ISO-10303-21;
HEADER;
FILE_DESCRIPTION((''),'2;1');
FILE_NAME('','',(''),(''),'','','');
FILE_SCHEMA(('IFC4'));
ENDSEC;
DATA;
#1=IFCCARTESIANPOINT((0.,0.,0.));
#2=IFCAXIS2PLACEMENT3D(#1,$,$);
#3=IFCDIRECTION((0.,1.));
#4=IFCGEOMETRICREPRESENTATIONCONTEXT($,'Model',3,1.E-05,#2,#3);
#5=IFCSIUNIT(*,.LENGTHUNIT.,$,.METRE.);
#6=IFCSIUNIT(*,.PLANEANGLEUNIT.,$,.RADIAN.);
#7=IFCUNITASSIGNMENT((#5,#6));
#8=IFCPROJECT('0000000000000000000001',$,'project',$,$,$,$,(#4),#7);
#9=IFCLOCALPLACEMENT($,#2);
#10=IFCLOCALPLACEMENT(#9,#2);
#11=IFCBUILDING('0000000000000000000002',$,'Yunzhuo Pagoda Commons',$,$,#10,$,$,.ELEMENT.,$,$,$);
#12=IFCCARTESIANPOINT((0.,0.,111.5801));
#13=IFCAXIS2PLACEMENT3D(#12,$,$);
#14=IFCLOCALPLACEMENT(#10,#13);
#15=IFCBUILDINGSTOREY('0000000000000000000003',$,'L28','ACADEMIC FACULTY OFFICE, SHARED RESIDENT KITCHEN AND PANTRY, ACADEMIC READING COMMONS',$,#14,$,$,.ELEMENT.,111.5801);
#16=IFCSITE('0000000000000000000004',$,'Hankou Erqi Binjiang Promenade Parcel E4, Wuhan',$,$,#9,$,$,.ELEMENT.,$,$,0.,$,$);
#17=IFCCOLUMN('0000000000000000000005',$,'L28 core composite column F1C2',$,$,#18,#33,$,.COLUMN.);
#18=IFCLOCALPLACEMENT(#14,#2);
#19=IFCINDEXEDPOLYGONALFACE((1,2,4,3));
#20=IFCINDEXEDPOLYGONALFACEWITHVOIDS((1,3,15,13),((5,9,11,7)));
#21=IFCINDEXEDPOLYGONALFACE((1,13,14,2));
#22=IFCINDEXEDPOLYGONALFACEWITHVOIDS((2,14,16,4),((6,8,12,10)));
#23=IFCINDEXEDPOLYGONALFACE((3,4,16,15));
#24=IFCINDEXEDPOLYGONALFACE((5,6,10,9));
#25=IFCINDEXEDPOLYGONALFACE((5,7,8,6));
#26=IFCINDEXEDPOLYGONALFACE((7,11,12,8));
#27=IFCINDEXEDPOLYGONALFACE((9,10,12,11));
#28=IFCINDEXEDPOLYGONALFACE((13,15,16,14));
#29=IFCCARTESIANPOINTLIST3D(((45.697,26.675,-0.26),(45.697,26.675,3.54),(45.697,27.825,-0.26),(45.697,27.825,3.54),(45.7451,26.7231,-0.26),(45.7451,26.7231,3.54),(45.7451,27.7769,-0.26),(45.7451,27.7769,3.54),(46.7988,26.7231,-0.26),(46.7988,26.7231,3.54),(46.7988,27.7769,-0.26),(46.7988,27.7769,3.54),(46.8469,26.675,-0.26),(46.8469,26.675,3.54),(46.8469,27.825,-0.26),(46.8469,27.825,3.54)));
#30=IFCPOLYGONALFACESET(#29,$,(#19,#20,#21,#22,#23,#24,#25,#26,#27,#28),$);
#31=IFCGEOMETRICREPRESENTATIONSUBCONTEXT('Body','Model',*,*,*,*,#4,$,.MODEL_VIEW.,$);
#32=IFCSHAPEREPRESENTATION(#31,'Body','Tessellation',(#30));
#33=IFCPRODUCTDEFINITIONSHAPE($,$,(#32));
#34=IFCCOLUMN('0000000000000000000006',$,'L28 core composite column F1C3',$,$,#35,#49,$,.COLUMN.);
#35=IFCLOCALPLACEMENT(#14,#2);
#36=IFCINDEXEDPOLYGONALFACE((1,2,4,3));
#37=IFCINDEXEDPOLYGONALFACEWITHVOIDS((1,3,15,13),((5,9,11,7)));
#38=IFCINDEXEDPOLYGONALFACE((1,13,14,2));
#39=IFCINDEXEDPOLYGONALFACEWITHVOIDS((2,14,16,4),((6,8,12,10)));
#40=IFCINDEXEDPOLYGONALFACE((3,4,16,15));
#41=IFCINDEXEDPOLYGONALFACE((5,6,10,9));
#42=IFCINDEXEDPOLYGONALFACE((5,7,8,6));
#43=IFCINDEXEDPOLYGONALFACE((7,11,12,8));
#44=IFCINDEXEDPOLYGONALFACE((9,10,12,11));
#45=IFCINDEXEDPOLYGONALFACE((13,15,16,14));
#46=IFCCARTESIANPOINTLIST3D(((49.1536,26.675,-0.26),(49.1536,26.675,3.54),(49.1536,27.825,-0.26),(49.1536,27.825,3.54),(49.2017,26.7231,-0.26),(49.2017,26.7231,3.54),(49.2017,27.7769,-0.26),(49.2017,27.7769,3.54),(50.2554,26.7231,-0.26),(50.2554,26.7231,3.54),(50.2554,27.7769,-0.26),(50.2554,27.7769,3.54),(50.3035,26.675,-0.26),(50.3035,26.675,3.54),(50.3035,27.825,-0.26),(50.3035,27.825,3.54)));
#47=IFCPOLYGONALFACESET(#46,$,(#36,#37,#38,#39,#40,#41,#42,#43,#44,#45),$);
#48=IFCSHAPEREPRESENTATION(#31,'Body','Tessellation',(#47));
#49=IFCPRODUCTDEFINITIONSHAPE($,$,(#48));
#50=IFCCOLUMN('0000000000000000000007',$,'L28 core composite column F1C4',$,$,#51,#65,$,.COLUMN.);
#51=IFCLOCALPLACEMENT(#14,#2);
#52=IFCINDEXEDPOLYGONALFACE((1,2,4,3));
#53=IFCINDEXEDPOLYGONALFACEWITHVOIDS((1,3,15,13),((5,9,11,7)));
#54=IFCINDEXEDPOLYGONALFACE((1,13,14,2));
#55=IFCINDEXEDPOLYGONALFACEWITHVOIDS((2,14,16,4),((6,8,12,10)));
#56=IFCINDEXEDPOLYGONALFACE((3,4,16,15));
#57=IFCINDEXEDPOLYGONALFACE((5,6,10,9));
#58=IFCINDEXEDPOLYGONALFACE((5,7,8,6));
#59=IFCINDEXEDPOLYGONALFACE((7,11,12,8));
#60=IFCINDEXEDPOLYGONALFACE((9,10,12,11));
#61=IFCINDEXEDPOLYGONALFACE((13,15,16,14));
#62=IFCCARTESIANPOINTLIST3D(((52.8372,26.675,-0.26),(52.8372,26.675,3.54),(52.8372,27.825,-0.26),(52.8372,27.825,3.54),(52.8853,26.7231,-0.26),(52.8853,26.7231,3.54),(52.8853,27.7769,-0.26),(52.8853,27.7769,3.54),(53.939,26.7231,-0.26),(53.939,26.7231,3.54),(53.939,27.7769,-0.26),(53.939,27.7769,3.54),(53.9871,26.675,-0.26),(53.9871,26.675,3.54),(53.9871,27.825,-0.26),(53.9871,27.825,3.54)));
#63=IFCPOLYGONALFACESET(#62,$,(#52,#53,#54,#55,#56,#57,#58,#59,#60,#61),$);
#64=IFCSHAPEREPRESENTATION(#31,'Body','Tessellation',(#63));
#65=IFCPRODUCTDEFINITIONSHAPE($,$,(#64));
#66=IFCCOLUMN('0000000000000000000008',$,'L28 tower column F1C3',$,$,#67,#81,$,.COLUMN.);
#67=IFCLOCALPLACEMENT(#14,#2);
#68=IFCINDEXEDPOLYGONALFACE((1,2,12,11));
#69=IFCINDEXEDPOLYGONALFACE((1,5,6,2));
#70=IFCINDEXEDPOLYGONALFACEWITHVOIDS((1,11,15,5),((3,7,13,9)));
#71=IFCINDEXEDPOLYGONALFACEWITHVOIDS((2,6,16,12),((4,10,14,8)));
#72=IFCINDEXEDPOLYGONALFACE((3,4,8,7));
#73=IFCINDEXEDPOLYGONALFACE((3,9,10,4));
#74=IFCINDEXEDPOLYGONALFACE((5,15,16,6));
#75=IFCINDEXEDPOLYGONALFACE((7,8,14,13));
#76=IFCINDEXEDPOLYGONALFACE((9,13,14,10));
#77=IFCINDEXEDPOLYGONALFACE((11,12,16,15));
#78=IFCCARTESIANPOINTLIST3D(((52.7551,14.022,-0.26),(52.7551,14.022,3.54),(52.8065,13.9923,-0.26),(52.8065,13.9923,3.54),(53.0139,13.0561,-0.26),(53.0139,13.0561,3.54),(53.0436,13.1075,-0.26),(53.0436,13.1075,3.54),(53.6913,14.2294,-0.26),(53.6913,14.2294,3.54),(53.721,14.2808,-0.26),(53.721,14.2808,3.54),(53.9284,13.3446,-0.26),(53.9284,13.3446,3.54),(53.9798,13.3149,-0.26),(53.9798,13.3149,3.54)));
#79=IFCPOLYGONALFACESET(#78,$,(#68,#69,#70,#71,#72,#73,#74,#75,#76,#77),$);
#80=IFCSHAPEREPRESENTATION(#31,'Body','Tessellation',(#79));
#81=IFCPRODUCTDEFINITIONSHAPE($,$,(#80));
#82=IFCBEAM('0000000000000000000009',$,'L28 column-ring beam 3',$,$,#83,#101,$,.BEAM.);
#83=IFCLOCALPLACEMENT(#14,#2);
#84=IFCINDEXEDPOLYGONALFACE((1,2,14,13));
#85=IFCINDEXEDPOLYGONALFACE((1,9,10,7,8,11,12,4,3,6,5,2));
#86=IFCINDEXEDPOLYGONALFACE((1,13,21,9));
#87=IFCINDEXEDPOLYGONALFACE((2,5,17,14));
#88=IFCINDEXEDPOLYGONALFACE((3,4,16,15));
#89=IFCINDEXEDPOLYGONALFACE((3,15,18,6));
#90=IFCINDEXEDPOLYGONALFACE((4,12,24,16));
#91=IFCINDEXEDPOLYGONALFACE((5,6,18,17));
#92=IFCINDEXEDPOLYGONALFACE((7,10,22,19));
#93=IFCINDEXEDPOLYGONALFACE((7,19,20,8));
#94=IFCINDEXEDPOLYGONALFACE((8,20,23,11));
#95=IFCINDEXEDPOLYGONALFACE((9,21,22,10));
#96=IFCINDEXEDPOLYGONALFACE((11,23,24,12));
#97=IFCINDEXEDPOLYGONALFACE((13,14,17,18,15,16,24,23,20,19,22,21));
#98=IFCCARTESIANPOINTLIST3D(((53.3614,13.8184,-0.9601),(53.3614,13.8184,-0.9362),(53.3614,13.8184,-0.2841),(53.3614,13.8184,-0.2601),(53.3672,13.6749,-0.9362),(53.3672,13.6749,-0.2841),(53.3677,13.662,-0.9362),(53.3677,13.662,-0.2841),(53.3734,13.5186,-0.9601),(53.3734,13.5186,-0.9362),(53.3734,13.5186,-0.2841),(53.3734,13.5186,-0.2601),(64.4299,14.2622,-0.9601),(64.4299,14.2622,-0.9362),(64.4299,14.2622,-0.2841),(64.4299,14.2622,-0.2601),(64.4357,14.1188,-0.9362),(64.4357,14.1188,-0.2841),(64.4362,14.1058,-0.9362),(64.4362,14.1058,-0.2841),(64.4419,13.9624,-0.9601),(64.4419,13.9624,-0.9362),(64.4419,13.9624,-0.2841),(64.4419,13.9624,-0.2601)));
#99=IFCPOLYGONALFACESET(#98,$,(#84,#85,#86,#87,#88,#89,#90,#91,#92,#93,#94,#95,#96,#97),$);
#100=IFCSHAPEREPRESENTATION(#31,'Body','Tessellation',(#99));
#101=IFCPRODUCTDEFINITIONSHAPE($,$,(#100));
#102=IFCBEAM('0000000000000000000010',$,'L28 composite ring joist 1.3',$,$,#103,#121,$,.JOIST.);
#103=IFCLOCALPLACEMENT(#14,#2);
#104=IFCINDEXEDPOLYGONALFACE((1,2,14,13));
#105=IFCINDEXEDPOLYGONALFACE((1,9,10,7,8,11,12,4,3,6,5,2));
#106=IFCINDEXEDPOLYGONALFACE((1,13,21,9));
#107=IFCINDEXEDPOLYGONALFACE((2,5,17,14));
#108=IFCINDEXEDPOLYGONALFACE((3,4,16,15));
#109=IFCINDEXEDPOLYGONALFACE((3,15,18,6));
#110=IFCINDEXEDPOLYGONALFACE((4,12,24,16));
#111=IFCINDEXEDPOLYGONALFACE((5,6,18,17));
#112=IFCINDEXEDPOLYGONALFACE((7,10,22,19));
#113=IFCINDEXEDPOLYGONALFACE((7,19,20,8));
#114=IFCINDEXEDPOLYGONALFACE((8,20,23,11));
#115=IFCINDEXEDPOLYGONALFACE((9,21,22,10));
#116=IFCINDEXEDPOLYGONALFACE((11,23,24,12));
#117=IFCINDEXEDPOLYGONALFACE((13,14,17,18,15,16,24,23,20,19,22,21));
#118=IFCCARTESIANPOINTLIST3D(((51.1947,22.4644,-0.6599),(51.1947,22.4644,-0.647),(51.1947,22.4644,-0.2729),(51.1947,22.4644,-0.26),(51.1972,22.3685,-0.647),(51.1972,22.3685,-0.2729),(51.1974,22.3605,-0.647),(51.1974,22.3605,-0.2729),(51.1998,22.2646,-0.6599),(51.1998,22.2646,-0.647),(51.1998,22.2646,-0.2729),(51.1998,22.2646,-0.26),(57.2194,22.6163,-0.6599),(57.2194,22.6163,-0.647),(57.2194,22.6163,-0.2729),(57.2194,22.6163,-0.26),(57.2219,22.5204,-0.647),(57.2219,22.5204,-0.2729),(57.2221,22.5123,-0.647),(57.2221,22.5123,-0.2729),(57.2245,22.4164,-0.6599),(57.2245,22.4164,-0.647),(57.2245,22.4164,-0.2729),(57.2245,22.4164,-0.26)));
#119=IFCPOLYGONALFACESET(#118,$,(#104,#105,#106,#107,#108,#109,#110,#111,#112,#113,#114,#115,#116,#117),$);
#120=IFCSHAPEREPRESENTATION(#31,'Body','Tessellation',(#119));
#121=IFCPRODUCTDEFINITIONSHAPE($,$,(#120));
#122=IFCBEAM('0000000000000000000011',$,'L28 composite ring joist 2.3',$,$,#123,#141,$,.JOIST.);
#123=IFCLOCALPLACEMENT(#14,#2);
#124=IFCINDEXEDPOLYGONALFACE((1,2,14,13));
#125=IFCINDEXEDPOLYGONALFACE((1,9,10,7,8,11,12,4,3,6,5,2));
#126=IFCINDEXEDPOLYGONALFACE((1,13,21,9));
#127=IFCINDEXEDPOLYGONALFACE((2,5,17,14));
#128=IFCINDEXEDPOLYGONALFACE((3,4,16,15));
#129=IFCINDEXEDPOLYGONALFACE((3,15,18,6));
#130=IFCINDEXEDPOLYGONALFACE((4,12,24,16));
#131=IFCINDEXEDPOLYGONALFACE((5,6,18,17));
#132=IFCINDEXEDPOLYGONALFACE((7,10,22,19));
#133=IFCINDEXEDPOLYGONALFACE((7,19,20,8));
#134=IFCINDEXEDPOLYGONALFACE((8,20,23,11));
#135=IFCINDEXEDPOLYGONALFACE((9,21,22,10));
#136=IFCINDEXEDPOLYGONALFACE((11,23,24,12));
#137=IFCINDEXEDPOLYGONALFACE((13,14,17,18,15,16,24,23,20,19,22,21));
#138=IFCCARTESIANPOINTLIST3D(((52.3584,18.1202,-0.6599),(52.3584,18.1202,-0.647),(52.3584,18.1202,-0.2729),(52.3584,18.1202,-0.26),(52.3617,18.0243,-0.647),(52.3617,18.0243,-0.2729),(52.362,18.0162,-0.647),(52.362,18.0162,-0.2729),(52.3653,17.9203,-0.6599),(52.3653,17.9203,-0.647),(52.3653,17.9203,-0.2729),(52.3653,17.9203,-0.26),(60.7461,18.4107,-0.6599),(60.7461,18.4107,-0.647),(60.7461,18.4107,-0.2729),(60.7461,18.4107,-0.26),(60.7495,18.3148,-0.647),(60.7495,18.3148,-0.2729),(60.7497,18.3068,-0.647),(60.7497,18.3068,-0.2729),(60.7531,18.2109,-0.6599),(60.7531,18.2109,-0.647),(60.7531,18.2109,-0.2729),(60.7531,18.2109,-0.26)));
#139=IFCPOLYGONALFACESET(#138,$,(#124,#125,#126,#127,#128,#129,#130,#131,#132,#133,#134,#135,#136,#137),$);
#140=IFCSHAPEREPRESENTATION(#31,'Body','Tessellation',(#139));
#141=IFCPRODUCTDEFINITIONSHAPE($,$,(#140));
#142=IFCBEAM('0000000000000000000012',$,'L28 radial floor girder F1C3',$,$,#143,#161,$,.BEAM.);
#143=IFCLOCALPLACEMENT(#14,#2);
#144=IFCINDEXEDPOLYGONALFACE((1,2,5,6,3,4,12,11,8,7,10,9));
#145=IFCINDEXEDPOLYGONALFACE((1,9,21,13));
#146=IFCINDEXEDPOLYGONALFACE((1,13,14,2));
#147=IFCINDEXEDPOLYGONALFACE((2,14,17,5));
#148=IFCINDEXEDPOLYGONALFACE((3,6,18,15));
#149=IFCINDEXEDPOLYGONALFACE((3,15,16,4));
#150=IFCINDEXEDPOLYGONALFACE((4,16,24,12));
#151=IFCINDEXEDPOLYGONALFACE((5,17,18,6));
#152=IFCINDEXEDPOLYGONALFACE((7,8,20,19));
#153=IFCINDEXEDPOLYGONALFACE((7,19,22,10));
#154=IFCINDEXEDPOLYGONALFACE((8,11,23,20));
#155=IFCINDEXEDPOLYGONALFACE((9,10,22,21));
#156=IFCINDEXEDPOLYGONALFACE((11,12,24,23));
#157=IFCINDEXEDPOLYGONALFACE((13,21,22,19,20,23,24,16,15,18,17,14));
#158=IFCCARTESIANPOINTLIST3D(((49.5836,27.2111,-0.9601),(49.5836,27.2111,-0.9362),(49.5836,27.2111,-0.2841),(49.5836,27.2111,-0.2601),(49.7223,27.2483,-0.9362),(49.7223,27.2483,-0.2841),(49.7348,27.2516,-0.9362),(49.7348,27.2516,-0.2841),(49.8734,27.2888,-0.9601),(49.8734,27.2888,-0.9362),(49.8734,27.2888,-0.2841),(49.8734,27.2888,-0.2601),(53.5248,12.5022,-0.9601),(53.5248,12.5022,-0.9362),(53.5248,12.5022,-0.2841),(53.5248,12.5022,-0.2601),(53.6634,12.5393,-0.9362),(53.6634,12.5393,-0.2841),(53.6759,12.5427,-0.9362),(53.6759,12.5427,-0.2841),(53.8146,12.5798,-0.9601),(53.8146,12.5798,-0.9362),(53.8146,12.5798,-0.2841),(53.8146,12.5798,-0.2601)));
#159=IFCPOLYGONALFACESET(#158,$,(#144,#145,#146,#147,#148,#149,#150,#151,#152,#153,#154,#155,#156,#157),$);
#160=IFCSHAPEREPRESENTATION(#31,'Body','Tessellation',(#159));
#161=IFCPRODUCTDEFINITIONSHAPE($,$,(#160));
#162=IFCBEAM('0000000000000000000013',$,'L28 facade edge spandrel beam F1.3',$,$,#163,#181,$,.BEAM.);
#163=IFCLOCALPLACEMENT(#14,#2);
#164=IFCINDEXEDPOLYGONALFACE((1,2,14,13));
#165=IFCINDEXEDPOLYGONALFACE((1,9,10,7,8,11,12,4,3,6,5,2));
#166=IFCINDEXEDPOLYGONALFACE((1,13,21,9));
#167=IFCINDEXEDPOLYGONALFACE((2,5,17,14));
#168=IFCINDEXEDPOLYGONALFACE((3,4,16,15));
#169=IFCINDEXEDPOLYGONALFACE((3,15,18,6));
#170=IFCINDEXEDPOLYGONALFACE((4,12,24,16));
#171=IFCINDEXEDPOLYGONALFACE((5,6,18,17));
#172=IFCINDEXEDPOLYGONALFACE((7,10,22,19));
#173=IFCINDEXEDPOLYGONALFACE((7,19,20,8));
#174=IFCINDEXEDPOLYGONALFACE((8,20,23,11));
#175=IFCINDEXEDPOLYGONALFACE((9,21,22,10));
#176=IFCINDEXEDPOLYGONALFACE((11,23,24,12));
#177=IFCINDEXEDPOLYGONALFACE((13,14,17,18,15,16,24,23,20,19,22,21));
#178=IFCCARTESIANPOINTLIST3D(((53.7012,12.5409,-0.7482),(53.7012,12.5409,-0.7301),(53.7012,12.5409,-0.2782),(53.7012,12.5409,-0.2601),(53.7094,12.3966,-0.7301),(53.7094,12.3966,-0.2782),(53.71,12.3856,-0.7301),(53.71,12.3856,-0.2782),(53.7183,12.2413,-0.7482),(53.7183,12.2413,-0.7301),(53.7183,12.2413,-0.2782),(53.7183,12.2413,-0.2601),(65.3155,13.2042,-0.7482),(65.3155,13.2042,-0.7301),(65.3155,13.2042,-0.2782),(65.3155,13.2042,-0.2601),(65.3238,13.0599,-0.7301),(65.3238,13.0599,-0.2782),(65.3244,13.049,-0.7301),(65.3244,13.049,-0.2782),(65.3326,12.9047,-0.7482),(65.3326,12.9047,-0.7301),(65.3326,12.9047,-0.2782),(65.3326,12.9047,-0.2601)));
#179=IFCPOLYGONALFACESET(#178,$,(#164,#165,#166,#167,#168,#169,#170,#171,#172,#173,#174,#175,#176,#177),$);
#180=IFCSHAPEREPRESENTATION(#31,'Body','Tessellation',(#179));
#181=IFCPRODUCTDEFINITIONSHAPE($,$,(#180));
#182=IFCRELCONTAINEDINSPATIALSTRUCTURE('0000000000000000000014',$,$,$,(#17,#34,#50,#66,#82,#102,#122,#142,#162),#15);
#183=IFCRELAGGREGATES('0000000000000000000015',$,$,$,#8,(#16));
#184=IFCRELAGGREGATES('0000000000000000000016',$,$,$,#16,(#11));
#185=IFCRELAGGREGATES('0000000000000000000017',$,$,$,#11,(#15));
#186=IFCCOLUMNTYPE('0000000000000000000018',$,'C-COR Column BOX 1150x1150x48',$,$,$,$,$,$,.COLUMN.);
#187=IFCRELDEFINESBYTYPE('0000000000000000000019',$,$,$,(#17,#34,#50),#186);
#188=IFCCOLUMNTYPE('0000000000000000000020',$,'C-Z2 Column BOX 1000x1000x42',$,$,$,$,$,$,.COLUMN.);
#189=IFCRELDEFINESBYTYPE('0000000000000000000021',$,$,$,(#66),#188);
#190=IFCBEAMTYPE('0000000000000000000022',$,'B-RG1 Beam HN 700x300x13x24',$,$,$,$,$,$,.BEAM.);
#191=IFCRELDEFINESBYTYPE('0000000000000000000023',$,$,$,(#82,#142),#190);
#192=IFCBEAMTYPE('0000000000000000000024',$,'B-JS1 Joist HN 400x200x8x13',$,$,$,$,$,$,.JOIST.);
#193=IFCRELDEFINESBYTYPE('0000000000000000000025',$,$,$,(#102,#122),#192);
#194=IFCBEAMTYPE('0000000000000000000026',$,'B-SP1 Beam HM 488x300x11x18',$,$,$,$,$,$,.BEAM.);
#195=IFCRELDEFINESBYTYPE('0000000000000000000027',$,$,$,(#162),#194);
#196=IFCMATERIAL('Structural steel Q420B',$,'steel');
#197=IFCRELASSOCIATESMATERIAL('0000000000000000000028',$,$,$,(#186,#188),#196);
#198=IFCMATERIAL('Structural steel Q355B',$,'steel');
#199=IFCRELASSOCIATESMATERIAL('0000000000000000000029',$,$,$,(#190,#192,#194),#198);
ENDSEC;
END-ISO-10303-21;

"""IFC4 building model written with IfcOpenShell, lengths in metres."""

from ifc_helpers import new_model, si_unit, direction, frame, origin, origin_2d, place, context, subcontext, project, spatial, hollow_rectangle, i_section, extrude, source, transform, mapped, material, material_profile, profile_set, type_object, element, save


model = new_model("IFC4")

# Units and contexts
model_context = context("Model", 3, precision=1e-05, world=origin(), true_north=direction((0.0, 1.0)))
body_context = subcontext(model_context, "Body", "Model", "MODEL_VIEW")
ifc_project = project(units=[si_unit("LENGTHUNIT", "METRE"), si_unit("PLANEANGLEUNIT", "RADIAN")], contexts=[model_context])

# Site, building, storey
site_placement = place(None, origin())
site = spatial("IfcSite", under=ifc_project, at=site_placement, Name="Hankou Erqi Binjiang Promenade Parcel E4, Wuhan", CompositionType="ELEMENT", RefElevation=0.0)
building_placement = place(site_placement, origin())
building = spatial("IfcBuilding", under=site, at=building_placement, Name="Yunzhuo Pagoda Commons", CompositionType="ELEMENT")
storey_placement = place(building_placement, frame((0.0, 0.0, 111.5801)))
storey = spatial("IfcBuildingStorey", under=building, at=storey_placement, Name="L28", Description="ACADEMIC FACULTY OFFICE, SHARED RESIDENT KITCHEN AND PANTRY, ACADEMIC READING COMMONS", CompositionType="ELEMENT", Elevation=111.5801)

# Columns
ifc_material_1 = material(Name="Structural steel Q420B", Category="steel")
ifc_material_profile_1 = material_profile(ifc_material_1, hollow_rectangle(XDim=1.1499, YDim=1.1499, WallThickness=0.0481, at=origin_2d()), Name="Structural steel Q420B")
ifc_profile_set_1 = profile_set([ifc_material_profile_1], Name="Structural steel Q420B")
column_type_1 = type_object("IfcColumnType", Name="C-COR Column BOX 1150x1150x48", PredefinedType="COLUMN", material=ifc_profile_set_1)
shared_shape_1 = source(origin(), body_context, "Body", "SweptSolid", [
    extrude(hollow_rectangle(XDim=1.1499, YDim=1.1499, WallThickness=0.0481, at=origin_2d()), origin(), (0.0, 0.0, 1.0), 3.8),
])
for number, where, z_axis, x_axis, name in (
    (1, (46.272, 27.25, -0.26), (0.0, 0.0, 1.0), (1.0, 0.0, 0.0), "L28 core composite column F1C2"),
    (2, (49.7285, 27.25, -0.26), (0.0, 0.0, 1.0), (1.0, 0.0, 0.0), "L28 core composite column F1C3"),
    (3, (53.4121, 27.25, -0.26), (0.0, 0.0, 1.0), (1.0, 0.0, 0.0), "L28 core composite column F1C4"),
):
    element("IfcColumn", number, at=place(storey_placement, frame(where, z_axis=z_axis, x_axis=x_axis)), inside=storey, type_object=column_type_1, Name=name, PredefinedType="COLUMN", context=body_context, shape_type="MappedRepresentation", body=[
        mapped(shared_shape_1, transform((0.0, 0.0, 0.0), scale=1.0)),
    ])
ifc_material_profile_2 = material_profile(ifc_material_1, hollow_rectangle(XDim=1.0, YDim=1.0, WallThickness=0.042, at=origin_2d()), Name="Structural steel Q420B")
ifc_profile_set_2 = profile_set([ifc_material_profile_2], Name="Structural steel Q420B")
column_type_2 = type_object("IfcColumnType", Name="C-Z2 Column BOX 1000x1000x42", PredefinedType="COLUMN", material=ifc_profile_set_2)
shared_shape_2 = source(origin(), body_context, "Body", "SweptSolid", [
    extrude(hollow_rectangle(XDim=1.0, YDim=1.0, WallThickness=0.042, at=origin_2d()), origin(), (0.0, 0.0, 1.0), 3.8),
])
column_placement = place(storey_placement, frame((53.3674, 13.6685, -0.26), z_axis=(0.0, 0.0, 1.0), x_axis=(0.965926, 0.258819, 0.0)))
element("IfcColumn", 4, at=column_placement, inside=storey, type_object=column_type_2, Name="L28 tower column F1C3", PredefinedType="COLUMN", context=body_context, shape_type="MappedRepresentation", body=[
    mapped(shared_shape_2, transform((0.0, 0.0, 0.0), scale=1.0)),
])

# Beams
ifc_material_2 = material(Name="Structural steel Q355B", Category="steel")
ifc_material_profile_3 = material_profile(ifc_material_2, i_section(OverallWidth=0.3, OverallDepth=0.7, WebThickness=0.0129, FlangeThickness=0.0239, at=origin_2d()), Name="Structural steel Q355B")
ifc_profile_set_3 = profile_set([ifc_material_profile_3], Name="Structural steel Q355B")
beam_type_1 = type_object("IfcBeamType", Name="B-RG1 Beam HN 700x300x13x24", PredefinedType="BEAM", material=ifc_profile_set_3)
shared_shape_3 = source(origin(), body_context, "Body", "SweptSolid", [
    extrude(i_section(OverallWidth=0.3, OverallDepth=0.7, WebThickness=0.0129, FlangeThickness=0.0239, at=origin_2d()), origin(), (0.0, 0.0, 1.0), 11.0774),
])
beam_1_placement = place(storey_placement, frame((53.3674, 13.6685, -0.6101), z_axis=(0.999197, 0.040067, 0.0), x_axis=(-0.040067, 0.999197, 0.0)))
element("IfcBeam", 5, at=beam_1_placement, inside=storey, type_object=beam_type_1, Name="L28 column-ring beam 3", PredefinedType="BEAM", context=body_context, shape_type="MappedRepresentation", body=[
    mapped(shared_shape_3, transform((0.0, 0.0, 0.0), scale=1.0)),
])
ifc_material_profile_4 = material_profile(ifc_material_2, i_section(OverallWidth=0.2, OverallDepth=0.3999, WebThickness=0.0081, FlangeThickness=0.0129, at=origin_2d()), Name="Structural steel Q355B")
ifc_profile_set_4 = profile_set([ifc_material_profile_4], Name="Structural steel Q355B")
beam_type_2 = type_object("IfcBeamType", Name="B-JS1 Joist HN 400x200x8x13", PredefinedType="JOIST", material=ifc_profile_set_4)
shared_shape_4 = source(origin(), body_context, "Body", "SweptSolid", [
    extrude(i_section(OverallWidth=0.2, OverallDepth=0.3999, WebThickness=0.0081, FlangeThickness=0.0129, at=origin_2d()), origin(), (0.0, 0.0, 1.0), 6.0266),
])
beam_2_placement = place(storey_placement, frame((51.1973, 22.3645, -0.46), z_axis=(0.999682, 0.025198, 0.0), x_axis=(-0.025198, 0.999682, 0.0)))
element("IfcBeam", 6, at=beam_2_placement, inside=storey, type_object=beam_type_2, Name="L28 composite ring joist 1.3", PredefinedType="JOIST", context=body_context, shape_type="MappedRepresentation", body=[
    mapped(shared_shape_4, transform((0.0, 0.0, 0.0), scale=1.0)),
])
shared_shape_5 = source(origin(), body_context, "Body", "SweptSolid", [
    extrude(i_section(OverallWidth=0.2, OverallDepth=0.3999, WebThickness=0.0081, FlangeThickness=0.0129, at=origin_2d()), origin(), (0.0, 0.0, 1.0), 8.3928),
])
beam_3_placement = place(storey_placement, frame((52.3618, 18.0203, -0.46), z_axis=(0.999401, 0.034617, 0.0), x_axis=(-0.034617, 0.999401, 0.0)))
element("IfcBeam", 7, at=beam_3_placement, inside=storey, type_object=beam_type_2, Name="L28 composite ring joist 2.3", PredefinedType="JOIST", context=body_context, shape_type="MappedRepresentation", body=[
    mapped(shared_shape_5, transform((0.0, 0.0, 0.0), scale=1.0)),
])
shared_shape_6 = source(origin(), body_context, "Body", "SweptSolid", [
    extrude(i_section(OverallWidth=0.3, OverallDepth=0.7, WebThickness=0.0129, FlangeThickness=0.0239, at=origin_2d()), origin(), (0.0, 0.0, 1.0), 15.2278),
])
beam_4_placement = place(storey_placement, frame((53.6697, 12.541, -0.6101), z_axis=(-0.258813, 0.965927, 0.0), x_axis=(-0.965927, -0.258813, 0.0)))
element("IfcBeam", 8, at=beam_4_placement, inside=storey, type_object=beam_type_1, Name="L28 radial floor girder F1C3", PredefinedType="BEAM", context=body_context, shape_type="MappedRepresentation", body=[
    mapped(shared_shape_6, transform((0.0, 0.0, 0.0), scale=1.0)),
])
ifc_material_profile_5 = material_profile(ifc_material_2, i_section(OverallWidth=0.3, OverallDepth=0.488, WebThickness=0.011, FlangeThickness=0.0181, at=origin_2d()), Name="Structural steel Q355B")
ifc_profile_set_5 = profile_set([ifc_material_profile_5], Name="Structural steel Q355B")
beam_type_3 = type_object("IfcBeamType", Name="B-SP1 Beam HM 488x300x11x18", PredefinedType="BEAM", material=ifc_profile_set_5)
shared_shape_7 = source(origin(), body_context, "Body", "SweptSolid", [
    extrude(i_section(OverallWidth=0.3, OverallDepth=0.488, WebThickness=0.011, FlangeThickness=0.0181, at=origin_2d()), origin(), (0.0, 0.0, 1.0), 11.6333),
])
beam_5_placement = place(storey_placement, frame((53.7097, 12.3911, -0.5042), z_axis=(0.998373, 0.057021, 0.0), x_axis=(-0.057021, 0.998373, 0.0)))
element("IfcBeam", 9, at=beam_5_placement, inside=storey, type_object=beam_type_3, Name="L28 facade edge spandrel beam F1.3", PredefinedType="BEAM", context=body_context, shape_type="MappedRepresentation", body=[
    mapped(shared_shape_7, transform((0.0, 0.0, 0.0), scale=1.0)),
])

save(model, "model.ifc")
